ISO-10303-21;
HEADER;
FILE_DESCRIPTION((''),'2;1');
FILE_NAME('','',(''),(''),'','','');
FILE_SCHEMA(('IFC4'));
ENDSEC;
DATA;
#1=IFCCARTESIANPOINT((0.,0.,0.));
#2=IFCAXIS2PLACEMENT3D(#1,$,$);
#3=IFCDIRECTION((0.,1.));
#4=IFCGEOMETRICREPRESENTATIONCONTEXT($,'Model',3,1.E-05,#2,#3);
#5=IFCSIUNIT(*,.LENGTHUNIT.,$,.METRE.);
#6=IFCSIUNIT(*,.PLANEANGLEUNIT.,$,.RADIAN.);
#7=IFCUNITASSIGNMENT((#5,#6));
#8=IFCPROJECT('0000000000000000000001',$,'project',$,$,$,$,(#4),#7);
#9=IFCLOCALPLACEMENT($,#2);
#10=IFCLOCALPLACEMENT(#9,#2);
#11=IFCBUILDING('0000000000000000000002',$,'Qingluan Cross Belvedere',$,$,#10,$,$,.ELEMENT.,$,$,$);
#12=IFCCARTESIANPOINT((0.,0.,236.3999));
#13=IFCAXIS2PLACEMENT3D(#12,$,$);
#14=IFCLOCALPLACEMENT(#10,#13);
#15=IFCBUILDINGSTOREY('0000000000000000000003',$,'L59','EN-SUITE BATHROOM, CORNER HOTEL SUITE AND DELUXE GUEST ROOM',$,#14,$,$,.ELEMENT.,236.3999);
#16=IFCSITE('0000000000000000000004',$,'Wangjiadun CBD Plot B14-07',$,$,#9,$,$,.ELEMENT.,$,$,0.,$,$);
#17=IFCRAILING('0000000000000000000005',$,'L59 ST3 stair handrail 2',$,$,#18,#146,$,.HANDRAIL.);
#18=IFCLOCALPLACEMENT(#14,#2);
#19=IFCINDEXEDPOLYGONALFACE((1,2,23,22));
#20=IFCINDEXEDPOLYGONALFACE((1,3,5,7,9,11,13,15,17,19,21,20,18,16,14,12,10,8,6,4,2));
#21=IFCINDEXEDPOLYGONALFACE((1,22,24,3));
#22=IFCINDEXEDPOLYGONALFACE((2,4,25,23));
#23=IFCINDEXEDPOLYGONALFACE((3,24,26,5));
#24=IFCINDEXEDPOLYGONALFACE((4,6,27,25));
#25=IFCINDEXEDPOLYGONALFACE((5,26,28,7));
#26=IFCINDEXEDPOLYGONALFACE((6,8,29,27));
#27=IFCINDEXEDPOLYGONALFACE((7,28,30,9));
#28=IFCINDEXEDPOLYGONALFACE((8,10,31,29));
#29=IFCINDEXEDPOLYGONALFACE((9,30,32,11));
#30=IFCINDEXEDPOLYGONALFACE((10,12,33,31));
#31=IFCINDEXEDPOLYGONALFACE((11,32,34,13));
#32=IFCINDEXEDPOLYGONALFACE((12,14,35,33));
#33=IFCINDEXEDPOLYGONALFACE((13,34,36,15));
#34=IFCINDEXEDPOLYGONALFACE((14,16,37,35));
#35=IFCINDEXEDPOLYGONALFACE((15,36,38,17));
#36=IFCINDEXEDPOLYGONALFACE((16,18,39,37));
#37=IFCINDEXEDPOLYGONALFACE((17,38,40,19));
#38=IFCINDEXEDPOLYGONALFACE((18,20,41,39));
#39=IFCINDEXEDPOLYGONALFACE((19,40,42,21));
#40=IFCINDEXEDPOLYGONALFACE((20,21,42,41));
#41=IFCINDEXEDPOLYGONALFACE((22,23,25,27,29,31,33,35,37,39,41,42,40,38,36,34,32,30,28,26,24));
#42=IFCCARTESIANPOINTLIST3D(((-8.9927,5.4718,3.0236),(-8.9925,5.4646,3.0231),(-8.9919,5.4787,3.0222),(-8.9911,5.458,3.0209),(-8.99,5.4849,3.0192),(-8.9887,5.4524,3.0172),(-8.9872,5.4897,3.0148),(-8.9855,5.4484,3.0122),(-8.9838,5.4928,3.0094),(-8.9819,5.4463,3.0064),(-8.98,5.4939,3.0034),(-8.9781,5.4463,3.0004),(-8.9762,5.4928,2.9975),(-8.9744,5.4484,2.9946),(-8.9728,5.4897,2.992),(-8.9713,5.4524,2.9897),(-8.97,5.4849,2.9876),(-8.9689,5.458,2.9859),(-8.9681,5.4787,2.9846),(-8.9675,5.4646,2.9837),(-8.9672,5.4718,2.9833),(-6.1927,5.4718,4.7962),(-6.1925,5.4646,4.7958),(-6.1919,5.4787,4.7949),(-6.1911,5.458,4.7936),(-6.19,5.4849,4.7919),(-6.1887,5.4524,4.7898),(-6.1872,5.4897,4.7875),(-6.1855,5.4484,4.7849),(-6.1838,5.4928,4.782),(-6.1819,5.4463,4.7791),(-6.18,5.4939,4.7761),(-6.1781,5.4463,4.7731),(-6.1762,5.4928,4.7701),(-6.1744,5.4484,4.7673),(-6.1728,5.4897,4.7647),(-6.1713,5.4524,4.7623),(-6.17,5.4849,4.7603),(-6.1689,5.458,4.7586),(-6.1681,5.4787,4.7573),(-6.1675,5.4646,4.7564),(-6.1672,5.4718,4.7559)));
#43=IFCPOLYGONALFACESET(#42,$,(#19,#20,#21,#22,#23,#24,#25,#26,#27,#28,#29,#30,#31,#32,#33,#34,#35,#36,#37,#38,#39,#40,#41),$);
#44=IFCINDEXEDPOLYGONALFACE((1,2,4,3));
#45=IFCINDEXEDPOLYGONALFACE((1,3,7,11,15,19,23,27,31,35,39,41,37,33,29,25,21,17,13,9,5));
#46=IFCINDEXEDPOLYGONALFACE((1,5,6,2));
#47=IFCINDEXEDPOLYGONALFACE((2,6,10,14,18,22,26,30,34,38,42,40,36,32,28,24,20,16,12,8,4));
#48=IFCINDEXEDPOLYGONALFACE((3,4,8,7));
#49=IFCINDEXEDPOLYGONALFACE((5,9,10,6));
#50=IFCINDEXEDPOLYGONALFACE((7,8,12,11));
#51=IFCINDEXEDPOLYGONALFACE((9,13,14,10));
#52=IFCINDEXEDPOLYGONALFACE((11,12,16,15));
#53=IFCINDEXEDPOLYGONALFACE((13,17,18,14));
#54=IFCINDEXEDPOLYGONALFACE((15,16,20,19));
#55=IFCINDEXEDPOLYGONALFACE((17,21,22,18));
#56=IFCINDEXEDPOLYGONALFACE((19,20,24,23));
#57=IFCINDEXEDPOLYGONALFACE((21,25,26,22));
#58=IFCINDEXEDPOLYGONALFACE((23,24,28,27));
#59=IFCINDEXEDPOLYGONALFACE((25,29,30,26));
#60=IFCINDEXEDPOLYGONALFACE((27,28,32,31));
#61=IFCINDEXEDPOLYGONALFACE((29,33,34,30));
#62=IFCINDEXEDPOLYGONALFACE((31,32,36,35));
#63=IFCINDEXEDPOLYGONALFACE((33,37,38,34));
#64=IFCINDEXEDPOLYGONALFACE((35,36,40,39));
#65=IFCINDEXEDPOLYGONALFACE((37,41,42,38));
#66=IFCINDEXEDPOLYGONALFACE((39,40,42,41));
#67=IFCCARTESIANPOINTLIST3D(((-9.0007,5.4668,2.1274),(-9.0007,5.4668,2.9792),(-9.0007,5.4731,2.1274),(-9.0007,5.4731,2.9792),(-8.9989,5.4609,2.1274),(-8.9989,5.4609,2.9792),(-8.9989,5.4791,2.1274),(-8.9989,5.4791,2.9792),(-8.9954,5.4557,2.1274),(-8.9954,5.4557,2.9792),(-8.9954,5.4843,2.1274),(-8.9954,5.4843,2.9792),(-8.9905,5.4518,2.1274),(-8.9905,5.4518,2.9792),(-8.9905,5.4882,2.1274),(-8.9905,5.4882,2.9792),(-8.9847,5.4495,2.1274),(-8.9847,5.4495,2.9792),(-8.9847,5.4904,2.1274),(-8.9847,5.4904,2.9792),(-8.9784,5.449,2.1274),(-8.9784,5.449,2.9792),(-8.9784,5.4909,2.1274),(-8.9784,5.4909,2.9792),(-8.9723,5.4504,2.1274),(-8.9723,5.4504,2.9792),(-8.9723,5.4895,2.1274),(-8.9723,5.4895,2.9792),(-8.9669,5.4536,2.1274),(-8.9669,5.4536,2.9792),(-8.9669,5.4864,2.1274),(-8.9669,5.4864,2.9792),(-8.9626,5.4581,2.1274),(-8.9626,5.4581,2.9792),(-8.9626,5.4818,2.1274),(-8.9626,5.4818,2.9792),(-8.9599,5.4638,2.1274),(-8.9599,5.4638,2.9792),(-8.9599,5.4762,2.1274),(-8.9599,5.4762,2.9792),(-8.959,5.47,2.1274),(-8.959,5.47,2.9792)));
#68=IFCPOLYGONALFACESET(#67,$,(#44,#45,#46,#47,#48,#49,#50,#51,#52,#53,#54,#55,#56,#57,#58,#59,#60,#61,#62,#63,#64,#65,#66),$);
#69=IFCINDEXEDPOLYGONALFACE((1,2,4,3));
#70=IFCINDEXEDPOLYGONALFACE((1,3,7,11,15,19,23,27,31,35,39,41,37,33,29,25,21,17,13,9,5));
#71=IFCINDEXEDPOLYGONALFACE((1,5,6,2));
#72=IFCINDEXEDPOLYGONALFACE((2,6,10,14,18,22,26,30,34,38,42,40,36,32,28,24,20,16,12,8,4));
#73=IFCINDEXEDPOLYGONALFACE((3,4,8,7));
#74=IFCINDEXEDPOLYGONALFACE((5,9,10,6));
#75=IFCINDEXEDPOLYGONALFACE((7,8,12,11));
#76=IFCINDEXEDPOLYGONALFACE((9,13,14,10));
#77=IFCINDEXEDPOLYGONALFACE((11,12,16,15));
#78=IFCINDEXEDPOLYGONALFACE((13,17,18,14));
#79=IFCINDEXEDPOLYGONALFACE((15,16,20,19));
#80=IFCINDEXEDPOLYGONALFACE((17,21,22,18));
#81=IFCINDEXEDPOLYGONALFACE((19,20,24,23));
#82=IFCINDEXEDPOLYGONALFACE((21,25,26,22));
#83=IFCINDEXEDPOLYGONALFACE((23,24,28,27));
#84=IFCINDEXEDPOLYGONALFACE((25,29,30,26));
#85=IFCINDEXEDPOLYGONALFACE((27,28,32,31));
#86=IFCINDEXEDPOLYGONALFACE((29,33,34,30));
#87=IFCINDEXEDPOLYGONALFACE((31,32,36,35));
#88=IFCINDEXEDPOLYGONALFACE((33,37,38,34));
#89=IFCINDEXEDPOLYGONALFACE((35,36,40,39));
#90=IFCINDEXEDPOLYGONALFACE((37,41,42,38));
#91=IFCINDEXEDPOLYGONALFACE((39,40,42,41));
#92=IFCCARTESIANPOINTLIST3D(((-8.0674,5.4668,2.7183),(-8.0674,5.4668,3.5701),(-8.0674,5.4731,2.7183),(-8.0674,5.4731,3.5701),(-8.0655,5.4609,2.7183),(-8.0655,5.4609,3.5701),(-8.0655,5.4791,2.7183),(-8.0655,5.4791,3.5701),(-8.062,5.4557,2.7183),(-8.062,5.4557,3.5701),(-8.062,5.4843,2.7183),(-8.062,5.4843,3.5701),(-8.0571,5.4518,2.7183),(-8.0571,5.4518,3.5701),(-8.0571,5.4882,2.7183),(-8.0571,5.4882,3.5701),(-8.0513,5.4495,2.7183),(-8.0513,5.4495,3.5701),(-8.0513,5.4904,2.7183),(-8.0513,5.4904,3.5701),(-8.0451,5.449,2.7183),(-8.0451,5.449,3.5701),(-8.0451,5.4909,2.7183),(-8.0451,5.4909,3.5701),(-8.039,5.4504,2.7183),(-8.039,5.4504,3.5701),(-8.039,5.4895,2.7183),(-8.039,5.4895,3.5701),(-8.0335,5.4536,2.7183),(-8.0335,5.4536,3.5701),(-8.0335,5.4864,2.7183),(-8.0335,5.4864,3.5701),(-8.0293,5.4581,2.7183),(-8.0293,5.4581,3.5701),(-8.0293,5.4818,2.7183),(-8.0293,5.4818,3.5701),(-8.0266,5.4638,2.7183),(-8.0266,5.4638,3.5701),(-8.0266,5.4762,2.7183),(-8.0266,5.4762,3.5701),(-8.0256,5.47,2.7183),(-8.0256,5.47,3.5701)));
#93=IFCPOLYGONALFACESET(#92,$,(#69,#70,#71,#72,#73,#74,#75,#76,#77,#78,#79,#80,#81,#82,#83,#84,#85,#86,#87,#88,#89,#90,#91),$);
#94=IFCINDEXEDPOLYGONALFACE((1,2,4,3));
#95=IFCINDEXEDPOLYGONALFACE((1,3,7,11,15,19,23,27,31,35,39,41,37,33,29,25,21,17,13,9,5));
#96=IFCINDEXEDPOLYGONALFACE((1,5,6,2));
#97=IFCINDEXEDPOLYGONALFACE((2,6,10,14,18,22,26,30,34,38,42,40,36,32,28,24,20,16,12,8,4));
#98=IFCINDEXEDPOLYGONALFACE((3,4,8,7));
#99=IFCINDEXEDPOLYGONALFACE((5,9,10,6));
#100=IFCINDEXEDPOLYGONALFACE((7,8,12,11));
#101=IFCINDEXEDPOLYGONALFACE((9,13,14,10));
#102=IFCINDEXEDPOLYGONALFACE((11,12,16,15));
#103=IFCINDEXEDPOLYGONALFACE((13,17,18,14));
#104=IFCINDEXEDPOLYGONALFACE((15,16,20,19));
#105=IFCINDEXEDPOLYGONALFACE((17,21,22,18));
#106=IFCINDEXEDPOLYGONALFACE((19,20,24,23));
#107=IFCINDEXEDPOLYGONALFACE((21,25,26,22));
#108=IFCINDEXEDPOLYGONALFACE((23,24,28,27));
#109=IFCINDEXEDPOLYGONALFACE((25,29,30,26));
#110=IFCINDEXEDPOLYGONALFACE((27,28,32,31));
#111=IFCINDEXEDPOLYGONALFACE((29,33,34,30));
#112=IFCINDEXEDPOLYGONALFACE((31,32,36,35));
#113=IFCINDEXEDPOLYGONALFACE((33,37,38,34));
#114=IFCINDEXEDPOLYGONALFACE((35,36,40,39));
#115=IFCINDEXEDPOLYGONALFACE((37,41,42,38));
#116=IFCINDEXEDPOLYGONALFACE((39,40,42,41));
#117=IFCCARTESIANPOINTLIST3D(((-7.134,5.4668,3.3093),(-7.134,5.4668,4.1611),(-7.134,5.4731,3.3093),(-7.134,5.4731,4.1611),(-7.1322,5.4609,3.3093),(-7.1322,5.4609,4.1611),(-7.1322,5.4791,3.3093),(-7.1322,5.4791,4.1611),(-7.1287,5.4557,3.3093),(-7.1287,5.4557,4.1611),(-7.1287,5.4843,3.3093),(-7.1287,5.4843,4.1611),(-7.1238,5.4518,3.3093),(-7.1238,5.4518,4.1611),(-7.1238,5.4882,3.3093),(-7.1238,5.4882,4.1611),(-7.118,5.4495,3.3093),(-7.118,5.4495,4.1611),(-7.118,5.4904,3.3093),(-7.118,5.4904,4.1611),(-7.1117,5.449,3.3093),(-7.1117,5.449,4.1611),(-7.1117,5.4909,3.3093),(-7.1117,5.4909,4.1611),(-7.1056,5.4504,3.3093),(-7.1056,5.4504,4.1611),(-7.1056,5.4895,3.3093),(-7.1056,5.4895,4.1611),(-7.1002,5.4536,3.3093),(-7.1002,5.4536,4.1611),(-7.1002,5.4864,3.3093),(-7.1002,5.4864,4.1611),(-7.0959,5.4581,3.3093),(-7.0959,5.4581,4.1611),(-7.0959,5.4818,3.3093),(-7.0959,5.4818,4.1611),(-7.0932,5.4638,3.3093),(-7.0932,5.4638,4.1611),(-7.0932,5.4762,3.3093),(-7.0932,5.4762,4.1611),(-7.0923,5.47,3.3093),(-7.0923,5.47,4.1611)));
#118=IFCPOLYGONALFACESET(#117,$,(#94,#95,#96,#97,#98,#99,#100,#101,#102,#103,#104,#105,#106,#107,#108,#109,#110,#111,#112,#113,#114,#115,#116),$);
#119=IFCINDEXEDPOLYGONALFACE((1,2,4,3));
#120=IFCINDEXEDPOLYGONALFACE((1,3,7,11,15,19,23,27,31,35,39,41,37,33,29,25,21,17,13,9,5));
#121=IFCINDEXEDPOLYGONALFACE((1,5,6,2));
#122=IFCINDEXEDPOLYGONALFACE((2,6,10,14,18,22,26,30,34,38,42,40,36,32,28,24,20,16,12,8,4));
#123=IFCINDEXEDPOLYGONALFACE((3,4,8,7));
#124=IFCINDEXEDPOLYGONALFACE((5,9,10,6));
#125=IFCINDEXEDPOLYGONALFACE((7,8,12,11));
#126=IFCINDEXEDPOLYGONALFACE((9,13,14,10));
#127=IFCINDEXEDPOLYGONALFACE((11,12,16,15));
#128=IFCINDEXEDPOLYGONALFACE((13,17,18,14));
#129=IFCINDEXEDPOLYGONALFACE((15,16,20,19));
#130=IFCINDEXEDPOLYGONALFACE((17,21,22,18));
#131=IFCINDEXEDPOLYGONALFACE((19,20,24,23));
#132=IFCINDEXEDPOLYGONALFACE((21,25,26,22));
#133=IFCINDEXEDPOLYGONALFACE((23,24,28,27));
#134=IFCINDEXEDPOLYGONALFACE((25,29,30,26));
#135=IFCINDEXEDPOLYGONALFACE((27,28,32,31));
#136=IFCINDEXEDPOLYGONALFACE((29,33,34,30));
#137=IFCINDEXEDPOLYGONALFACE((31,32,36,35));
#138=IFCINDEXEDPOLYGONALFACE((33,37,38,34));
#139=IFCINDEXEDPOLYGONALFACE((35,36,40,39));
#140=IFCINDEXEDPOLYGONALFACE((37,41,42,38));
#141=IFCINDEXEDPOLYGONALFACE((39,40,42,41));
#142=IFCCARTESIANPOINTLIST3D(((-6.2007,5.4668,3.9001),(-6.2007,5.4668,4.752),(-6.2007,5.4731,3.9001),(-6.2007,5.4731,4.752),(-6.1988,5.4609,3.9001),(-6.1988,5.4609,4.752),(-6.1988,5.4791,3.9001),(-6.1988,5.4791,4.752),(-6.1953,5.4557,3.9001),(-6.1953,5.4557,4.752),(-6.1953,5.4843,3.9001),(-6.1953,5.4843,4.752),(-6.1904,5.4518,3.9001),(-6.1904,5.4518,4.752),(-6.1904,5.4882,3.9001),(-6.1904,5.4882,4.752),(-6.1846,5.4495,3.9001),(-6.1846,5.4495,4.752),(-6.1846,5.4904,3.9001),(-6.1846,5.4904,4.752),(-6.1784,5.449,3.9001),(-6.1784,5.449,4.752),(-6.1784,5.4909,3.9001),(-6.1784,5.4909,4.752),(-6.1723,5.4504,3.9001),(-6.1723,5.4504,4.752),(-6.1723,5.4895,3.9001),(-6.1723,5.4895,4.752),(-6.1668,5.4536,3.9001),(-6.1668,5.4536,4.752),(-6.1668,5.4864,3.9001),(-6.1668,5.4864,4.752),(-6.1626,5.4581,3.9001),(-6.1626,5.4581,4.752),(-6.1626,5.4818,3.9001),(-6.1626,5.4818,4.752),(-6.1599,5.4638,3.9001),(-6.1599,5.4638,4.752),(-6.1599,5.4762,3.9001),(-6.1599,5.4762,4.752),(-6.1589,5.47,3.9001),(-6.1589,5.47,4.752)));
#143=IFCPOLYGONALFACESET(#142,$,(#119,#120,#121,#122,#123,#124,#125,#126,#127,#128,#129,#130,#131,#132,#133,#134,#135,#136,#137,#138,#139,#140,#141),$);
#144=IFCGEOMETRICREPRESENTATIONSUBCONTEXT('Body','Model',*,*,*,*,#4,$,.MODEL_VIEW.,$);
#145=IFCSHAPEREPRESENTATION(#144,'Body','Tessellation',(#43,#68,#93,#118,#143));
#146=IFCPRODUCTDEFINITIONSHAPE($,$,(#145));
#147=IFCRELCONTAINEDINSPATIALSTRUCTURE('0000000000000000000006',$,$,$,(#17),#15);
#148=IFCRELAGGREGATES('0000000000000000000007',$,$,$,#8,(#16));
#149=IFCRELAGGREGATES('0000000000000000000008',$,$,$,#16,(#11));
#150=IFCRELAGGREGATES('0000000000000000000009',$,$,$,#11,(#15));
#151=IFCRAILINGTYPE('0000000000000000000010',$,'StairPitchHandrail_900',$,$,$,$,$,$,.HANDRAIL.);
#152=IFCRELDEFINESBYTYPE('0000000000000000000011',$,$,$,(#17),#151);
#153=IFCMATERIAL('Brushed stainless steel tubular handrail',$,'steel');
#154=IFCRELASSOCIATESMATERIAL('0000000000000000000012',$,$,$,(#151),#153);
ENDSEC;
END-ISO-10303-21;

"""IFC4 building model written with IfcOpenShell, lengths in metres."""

from ifc_helpers import new_model, si_unit, direction, frame, origin, origin_2d, place, context, subcontext, project, spatial, circle, extrude, material, type_object, element, save


model = new_model("IFC4")

# Units and contexts
model_context = context("Model", 3, precision=1e-05, world=origin(), true_north=direction((0.0, 1.0)))
body_context = subcontext(model_context, "Body", "Model", "MODEL_VIEW")
ifc_project = project(units=[si_unit("LENGTHUNIT", "METRE"), si_unit("PLANEANGLEUNIT", "RADIAN")], contexts=[model_context])

# Site, building, storey
site_placement = place(None, origin())
site = spatial("IfcSite", under=ifc_project, at=site_placement, Name="Wangjiadun CBD Plot B14-07", CompositionType="ELEMENT", RefElevation=0.0)
building_placement = place(site_placement, origin())
building = spatial("IfcBuilding", under=site, at=building_placement, Name="Qingluan Cross Belvedere", CompositionType="ELEMENT")
storey_placement = place(building_placement, frame((0.0, 0.0, 236.3999)))
storey = spatial("IfcBuildingStorey", under=building, at=storey_placement, Name="L59", Description="EN-SUITE BATHROOM, CORNER HOTEL SUITE AND DELUXE GUEST ROOM", CompositionType="ELEMENT", Elevation=236.3999)

# Railing
ifc_material_1 = material(Name="Brushed stainless steel tubular handrail", Category="steel")
railing_type_1 = type_object("IfcRailingType", Name="StairPitchHandrail_900", PredefinedType="HANDRAIL", material=ifc_material_1)
railing_1_placement = place(storey_placement, frame((-8.98, 5.47, 2.1274)))
element("IfcRailing", 1, at=railing_1_placement, inside=storey, type_object=railing_type_1, Name="L59 ST3 stair handrail 2", PredefinedType="HANDRAIL", context=body_context, shape_type="SweptSolid", body=[
    extrude(circle(Radius=0.0239, at=origin_2d()), frame((0.0, 0.0, 0.876), z_axis=(0.844909, 0.0, 0.53491), x_axis=(0.0, 1.0, 0.0)), (0.0, 0.0, 1.0), 3.314),
    extrude(circle(Radius=0.021, at=origin_2d()), origin(), (0.0, 0.0, 1.0), 0.8518),
    extrude(circle(Radius=0.021, at=origin_2d()), frame((0.9333, 0.0, 0.5908)), (0.0, 0.0, 1.0), 0.8518),
    extrude(circle(Radius=0.021, at=origin_2d()), frame((1.8667, 0.0, 1.1819)), (0.0, 0.0, 1.0), 0.8518),
    extrude(circle(Radius=0.021, at=origin_2d()), frame((2.8, 0.0, 1.7727)), (0.0, 0.0, 1.0), 0.8518),
])

save(model, "model.ifc")
